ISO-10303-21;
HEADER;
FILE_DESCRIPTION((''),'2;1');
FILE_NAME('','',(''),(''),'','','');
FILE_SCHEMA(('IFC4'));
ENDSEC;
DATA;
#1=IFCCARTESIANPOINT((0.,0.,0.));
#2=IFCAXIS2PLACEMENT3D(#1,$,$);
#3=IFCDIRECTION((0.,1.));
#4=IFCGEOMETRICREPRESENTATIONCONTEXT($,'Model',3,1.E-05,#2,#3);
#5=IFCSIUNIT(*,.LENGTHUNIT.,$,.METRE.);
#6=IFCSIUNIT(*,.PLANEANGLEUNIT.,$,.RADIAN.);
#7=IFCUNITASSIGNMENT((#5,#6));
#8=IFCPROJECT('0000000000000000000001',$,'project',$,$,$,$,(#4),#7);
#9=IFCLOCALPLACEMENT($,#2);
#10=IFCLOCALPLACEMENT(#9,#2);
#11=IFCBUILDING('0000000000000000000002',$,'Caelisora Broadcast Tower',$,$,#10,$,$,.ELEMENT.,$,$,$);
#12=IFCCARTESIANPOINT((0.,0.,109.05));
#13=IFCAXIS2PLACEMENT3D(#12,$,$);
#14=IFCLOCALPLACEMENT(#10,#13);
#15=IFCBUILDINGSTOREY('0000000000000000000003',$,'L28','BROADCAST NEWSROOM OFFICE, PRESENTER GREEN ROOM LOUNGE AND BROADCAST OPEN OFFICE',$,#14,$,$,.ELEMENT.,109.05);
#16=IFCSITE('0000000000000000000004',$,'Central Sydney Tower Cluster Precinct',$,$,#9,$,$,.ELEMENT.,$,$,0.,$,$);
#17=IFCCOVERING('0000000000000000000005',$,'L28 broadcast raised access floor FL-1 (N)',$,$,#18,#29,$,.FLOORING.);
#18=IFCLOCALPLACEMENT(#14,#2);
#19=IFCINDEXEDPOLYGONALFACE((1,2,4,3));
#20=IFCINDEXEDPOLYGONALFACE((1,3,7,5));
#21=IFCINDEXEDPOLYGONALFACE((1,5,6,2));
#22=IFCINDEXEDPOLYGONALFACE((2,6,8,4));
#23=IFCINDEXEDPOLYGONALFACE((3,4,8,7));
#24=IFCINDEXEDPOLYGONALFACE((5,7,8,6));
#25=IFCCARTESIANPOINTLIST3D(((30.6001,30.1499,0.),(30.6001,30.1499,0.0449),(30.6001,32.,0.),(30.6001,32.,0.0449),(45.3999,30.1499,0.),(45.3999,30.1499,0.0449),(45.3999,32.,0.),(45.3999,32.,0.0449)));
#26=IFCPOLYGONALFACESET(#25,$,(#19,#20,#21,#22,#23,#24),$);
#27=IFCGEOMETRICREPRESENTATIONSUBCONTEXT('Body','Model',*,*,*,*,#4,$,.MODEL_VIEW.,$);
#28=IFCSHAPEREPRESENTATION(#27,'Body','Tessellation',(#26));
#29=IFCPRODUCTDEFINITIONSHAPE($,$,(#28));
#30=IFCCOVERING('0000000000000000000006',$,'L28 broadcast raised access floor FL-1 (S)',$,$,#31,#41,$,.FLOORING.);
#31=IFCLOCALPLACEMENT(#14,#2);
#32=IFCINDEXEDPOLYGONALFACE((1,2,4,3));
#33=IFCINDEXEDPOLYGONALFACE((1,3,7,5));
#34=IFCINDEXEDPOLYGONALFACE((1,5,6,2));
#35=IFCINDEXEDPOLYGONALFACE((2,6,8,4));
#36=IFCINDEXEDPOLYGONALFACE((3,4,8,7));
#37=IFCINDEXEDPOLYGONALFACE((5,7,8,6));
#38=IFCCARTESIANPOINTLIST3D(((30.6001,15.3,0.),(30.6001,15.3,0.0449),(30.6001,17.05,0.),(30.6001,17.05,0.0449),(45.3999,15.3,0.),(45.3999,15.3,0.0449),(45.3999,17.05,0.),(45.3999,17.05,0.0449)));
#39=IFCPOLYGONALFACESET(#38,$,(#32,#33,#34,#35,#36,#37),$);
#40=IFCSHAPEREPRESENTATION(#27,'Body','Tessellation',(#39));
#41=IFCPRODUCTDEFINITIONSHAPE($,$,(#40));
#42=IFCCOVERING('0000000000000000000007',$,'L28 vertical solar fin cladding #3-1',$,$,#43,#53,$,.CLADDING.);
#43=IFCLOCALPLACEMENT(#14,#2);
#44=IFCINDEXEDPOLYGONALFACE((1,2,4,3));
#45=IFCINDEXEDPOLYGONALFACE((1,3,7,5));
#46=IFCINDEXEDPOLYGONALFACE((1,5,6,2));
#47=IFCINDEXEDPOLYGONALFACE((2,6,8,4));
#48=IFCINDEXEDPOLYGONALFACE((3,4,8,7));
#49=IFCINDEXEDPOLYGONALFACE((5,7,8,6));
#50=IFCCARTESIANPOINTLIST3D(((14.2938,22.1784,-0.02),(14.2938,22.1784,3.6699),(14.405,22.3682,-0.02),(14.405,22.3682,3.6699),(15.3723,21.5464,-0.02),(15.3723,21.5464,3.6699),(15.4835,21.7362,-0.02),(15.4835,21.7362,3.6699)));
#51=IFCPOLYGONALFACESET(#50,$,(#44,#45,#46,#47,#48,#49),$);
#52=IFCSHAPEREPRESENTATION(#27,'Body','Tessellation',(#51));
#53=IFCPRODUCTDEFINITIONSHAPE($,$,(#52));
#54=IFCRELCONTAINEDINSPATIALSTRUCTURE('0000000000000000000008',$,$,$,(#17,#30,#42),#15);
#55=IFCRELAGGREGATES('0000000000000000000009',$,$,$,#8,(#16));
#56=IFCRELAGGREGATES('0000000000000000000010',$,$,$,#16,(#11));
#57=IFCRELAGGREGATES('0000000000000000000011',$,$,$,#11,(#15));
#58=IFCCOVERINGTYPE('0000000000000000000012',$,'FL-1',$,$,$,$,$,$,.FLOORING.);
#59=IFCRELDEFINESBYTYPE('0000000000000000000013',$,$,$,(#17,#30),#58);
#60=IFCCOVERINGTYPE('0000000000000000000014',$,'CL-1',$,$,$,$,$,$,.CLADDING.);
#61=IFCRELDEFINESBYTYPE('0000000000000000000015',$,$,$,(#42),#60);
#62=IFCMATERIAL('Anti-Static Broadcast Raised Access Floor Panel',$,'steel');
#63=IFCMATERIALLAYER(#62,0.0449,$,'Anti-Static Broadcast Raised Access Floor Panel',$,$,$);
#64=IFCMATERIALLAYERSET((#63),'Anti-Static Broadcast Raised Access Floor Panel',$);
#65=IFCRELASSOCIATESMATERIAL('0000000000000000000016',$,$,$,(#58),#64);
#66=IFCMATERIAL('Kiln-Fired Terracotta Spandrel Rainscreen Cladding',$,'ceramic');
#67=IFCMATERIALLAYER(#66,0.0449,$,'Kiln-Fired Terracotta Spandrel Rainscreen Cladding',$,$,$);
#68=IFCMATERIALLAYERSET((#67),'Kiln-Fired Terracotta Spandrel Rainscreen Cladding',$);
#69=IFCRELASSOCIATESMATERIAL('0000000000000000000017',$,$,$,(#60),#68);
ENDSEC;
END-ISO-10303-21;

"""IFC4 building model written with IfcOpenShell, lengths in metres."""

from ifc_helpers import new_model, si_unit, direction, frame, origin, origin_2d, place, context, subcontext, project, spatial, polyline, rectangle, outline, extrude, source, transform, mapped, material, layer, layer_set, type_object, type_shapes, element, save


model = new_model("IFC4")

# Units and contexts
model_context = context("Model", 3, precision=1e-05, world=origin(), true_north=direction((0.0, 1.0)))
body_context = subcontext(model_context, "Body", "Model", "MODEL_VIEW")
ifc_project = project(units=[si_unit("LENGTHUNIT", "METRE"), si_unit("PLANEANGLEUNIT", "RADIAN")], contexts=[model_context])

# Site, building, storey
site_placement = place(None, origin())
site = spatial("IfcSite", under=ifc_project, at=site_placement, Name="Central Sydney Tower Cluster Precinct", CompositionType="ELEMENT", RefElevation=0.0)
building_placement = place(site_placement, origin())
building = spatial("IfcBuilding", under=site, at=building_placement, Name="Caelisora Broadcast Tower", CompositionType="ELEMENT")
storey_placement = place(building_placement, frame((0.0, 0.0, 109.05)))
storey = spatial("IfcBuildingStorey", under=building, at=storey_placement, Name="L28", Description="BROADCAST NEWSROOM OFFICE, PRESENTER GREEN ROOM LOUNGE AND BROADCAST OPEN OFFICE", CompositionType="ELEMENT", Elevation=109.05)

# Coverings
ifc_material_1 = material(Name="Anti-Static Broadcast Raised Access Floor Panel", Category="steel")
ifc_layer_1 = layer(ifc_material_1, 0.0449, Name="Anti-Static Broadcast Raised Access Floor Panel")
ifc_layer_set_1 = layer_set([ifc_layer_1], Name="Anti-Static Broadcast Raised Access Floor Panel")
covering_type_1 = type_object("IfcCoveringType", Name="FL-1", PredefinedType="FLOORING", material=ifc_layer_set_1)
covering_1_placement = place(storey_placement, origin())
element("IfcCovering", 1, at=covering_1_placement, inside=storey, type_object=covering_type_1, Name="L28 broadcast raised access floor FL-1 (N)", PredefinedType="FLOORING", context=body_context, shape_type="SweptSolid", body=[
    extrude(outline(polyline([(30.6001, 30.1499), (45.3999, 30.1499), (45.3999, 32.0), (30.6001, 32.0), (30.6001, 30.1499)])), origin(), (0.0, 0.0, 1.0), 0.0449),
])
covering_2_placement = place(storey_placement, origin())
element("IfcCovering", 2, at=covering_2_placement, inside=storey, type_object=covering_type_1, Name="L28 broadcast raised access floor FL-1 (S)", PredefinedType="FLOORING", context=body_context, shape_type="SweptSolid", body=[
    extrude(outline(polyline([(30.6001, 15.3), (45.3999, 15.3), (45.3999, 17.05), (30.6001, 17.05), (30.6001, 15.3)])), origin(), (0.0, 0.0, 1.0), 0.0449),
])
ifc_material_2 = material(Name="Kiln-Fired Terracotta Spandrel Rainscreen Cladding", Category="ceramic")
ifc_layer_2 = layer(ifc_material_2, 0.0449, Name="Kiln-Fired Terracotta Spandrel Rainscreen Cladding")
ifc_layer_set_2 = layer_set([ifc_layer_2], Name="Kiln-Fired Terracotta Spandrel Rainscreen Cladding")
covering_type_2 = type_object("IfcCoveringType", Name="CL-1", PredefinedType="CLADDING", material=ifc_layer_set_2)
shared_shape_1 = source(origin(), body_context, "Body", "SweptSolid", [
    extrude(rectangle(XDim=0.22, YDim=1.25, at=origin_2d()), origin(), (0.0, 0.0, 1.0), 3.6899),
])
type_shapes(covering_type_2, [shared_shape_1])
covering_3_placement = place(storey_placement, frame((14.8887, 21.9573, -0.02), z_axis=(0.0, 0.0, 1.0), x_axis=(0.505582, 0.862779, 0.0)))
element("IfcCovering", 3, at=covering_3_placement, inside=storey, type_object=covering_type_2, Name="L28 vertical solar fin cladding #3-1", PredefinedType="CLADDING", context=body_context, shape_type="MappedRepresentation", body=[
    mapped(shared_shape_1, transform((0.0, 0.0, 0.0), scale=1.0)),
])

save(model, "model.ifc")
